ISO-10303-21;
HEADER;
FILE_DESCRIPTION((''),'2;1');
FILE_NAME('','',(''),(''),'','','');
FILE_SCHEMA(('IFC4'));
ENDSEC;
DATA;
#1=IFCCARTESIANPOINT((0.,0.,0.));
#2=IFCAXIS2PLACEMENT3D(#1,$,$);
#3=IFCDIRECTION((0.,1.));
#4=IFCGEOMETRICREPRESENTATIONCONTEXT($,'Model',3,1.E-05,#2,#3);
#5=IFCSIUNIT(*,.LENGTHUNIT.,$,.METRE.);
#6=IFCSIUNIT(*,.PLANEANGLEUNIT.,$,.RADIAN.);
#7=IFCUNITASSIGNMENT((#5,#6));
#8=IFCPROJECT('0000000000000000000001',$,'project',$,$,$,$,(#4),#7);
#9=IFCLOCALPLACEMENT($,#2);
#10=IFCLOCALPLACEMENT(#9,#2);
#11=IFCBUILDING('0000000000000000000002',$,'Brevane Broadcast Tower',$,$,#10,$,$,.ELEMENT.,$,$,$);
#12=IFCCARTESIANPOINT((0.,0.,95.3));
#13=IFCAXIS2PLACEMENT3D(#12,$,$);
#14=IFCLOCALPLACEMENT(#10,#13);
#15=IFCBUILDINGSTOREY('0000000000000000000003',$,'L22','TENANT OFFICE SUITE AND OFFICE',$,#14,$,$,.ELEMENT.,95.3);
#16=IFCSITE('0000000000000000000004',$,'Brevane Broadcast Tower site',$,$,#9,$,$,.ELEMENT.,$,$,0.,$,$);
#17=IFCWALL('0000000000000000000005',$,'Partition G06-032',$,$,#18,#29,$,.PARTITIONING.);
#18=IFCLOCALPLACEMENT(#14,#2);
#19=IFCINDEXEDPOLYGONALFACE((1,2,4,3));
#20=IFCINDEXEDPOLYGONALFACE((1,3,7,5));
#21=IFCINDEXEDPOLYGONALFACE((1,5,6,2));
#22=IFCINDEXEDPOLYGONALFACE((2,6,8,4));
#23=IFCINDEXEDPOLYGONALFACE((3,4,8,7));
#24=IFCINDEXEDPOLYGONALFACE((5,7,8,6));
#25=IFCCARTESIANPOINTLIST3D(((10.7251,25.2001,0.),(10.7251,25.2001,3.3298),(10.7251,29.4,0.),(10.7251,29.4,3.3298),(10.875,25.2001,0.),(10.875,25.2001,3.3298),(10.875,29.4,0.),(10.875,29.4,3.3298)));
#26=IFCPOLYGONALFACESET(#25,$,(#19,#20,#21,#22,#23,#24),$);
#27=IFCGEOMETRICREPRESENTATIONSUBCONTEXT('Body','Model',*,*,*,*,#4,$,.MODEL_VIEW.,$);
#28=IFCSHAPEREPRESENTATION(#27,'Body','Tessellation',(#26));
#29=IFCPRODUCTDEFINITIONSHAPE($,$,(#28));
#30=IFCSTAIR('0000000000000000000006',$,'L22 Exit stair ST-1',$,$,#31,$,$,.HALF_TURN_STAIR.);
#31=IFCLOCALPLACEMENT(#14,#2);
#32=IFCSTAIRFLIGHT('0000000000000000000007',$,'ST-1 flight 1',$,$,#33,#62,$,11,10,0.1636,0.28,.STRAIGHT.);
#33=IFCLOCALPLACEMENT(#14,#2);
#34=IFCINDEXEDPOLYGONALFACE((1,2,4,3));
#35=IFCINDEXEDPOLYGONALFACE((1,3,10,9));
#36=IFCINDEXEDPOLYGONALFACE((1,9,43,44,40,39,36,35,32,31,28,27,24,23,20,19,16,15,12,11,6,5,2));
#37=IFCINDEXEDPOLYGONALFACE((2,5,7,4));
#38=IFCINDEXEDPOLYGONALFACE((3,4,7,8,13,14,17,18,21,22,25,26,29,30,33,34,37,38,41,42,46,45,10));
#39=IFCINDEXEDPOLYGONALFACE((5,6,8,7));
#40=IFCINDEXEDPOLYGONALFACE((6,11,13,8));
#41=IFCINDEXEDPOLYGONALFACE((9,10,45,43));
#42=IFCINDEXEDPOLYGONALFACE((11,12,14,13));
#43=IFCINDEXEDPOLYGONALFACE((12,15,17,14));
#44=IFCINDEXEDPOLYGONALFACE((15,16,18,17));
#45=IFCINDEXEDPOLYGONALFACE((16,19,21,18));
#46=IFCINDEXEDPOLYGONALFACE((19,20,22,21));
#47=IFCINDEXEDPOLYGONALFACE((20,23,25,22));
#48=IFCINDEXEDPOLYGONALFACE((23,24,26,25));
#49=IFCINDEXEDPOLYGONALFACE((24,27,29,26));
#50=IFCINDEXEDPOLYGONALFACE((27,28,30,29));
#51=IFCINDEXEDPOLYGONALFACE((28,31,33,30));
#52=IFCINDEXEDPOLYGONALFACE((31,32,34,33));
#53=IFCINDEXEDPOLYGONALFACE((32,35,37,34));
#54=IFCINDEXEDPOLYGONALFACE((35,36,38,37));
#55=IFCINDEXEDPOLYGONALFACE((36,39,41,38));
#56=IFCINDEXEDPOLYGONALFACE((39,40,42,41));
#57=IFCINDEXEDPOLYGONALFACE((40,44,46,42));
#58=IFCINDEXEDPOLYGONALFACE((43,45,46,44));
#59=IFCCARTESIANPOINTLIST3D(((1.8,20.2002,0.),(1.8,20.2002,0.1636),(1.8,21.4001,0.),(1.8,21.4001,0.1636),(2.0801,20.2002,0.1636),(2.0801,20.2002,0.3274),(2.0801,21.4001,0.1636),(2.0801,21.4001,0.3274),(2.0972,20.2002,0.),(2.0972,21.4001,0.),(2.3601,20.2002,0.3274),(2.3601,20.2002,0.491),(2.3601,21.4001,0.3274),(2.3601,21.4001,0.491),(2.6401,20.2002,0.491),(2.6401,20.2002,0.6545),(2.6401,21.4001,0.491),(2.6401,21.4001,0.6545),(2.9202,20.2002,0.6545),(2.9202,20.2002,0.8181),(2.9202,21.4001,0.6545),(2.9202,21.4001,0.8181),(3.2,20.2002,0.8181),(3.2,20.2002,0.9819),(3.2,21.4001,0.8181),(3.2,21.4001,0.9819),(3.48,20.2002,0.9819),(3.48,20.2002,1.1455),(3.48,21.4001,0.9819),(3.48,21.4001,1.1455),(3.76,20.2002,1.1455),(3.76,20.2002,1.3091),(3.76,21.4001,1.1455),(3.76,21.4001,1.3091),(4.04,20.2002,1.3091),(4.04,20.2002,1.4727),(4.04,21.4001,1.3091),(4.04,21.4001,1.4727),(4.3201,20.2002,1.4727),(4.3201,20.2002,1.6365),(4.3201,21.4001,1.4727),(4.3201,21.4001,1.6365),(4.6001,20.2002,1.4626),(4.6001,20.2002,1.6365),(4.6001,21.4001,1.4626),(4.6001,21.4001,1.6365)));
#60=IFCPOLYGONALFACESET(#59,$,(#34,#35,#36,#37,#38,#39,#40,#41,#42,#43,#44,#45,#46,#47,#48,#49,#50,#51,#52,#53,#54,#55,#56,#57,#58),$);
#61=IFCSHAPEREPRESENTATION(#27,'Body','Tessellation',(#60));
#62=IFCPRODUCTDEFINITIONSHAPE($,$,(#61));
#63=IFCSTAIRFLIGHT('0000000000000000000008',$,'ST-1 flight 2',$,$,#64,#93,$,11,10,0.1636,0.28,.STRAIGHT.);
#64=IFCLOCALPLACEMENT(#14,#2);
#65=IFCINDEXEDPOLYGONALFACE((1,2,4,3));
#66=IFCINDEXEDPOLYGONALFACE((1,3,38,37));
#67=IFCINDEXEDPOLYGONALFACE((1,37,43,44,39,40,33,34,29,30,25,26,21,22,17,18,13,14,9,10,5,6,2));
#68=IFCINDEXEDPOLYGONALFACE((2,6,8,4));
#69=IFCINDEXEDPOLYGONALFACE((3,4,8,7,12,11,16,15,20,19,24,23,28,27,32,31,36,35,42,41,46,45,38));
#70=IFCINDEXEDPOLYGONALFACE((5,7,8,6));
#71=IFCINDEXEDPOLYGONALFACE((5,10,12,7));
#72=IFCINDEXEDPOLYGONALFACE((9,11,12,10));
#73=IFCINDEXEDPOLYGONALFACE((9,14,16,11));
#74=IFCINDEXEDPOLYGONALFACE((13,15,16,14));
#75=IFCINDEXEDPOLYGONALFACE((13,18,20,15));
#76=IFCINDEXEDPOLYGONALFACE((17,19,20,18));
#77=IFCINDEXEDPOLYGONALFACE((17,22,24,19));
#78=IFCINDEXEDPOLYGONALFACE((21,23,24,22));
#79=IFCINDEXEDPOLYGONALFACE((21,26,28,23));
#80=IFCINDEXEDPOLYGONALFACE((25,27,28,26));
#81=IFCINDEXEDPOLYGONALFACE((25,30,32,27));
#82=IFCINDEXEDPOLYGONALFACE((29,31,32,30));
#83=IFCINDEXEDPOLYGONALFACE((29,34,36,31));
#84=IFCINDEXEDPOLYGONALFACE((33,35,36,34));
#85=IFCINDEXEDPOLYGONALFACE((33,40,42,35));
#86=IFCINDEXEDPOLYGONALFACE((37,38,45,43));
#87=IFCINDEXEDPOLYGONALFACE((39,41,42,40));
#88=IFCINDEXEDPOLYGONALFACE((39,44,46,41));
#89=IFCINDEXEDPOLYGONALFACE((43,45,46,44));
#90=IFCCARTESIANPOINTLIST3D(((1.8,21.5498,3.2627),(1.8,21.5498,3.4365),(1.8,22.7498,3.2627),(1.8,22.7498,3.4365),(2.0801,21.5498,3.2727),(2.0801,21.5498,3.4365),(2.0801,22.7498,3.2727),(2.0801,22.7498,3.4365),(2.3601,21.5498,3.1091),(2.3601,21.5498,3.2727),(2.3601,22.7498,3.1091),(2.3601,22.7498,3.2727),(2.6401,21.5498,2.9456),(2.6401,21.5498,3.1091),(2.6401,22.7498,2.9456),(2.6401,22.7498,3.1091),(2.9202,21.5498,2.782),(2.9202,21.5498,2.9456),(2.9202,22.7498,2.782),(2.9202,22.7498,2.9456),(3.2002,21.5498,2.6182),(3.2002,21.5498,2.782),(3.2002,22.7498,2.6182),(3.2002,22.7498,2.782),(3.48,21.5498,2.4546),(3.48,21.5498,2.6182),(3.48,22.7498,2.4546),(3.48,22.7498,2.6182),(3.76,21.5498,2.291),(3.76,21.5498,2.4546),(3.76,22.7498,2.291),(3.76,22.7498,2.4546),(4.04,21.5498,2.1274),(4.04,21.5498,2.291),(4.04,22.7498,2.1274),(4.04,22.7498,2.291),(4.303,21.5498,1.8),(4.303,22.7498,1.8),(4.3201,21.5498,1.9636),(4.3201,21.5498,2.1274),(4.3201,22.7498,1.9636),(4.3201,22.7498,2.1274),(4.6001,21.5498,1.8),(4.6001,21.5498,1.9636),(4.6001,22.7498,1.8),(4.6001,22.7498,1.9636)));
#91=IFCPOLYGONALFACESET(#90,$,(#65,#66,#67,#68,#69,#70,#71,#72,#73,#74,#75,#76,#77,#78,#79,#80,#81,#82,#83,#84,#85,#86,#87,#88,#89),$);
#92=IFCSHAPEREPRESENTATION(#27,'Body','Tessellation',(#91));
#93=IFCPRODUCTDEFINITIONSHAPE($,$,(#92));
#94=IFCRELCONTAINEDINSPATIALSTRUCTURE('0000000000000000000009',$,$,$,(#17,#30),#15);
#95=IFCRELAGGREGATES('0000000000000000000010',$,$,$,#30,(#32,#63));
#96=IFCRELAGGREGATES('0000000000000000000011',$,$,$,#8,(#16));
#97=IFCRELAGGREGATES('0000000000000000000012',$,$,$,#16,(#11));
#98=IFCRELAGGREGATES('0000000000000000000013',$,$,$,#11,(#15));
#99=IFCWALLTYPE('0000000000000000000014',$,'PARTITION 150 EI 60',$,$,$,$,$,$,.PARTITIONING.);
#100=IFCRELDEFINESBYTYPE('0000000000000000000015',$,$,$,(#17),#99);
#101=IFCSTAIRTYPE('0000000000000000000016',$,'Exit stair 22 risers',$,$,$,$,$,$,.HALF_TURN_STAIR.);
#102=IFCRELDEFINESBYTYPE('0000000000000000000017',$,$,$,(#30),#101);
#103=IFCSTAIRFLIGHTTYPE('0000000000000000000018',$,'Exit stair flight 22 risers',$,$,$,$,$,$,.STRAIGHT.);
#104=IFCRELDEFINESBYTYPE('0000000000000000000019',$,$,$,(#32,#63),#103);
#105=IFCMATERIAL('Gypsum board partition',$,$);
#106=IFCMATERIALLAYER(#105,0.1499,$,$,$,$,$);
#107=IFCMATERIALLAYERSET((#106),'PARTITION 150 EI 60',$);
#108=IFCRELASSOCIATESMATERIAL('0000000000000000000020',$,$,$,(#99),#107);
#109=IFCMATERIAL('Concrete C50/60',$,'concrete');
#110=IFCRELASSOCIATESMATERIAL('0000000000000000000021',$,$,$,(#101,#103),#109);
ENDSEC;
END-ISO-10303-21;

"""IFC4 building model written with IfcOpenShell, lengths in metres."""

from ifc_helpers import new_model, si_unit, direction, frame, frame_2d, origin, place, context, subcontext, project, spatial, polyline, rectangle, outline, extrude, material, layer, layer_set, type_object, element, aggregate, save


model = new_model("IFC4")

# Units and contexts
model_context = context("Model", 3, precision=1e-05, world=origin(), true_north=direction((0.0, 1.0)))
body_context = subcontext(model_context, "Body", "Model", "MODEL_VIEW")
ifc_project = project(units=[si_unit("LENGTHUNIT", "METRE"), si_unit("PLANEANGLEUNIT", "RADIAN")], contexts=[model_context])

# Site, building, storey
site_placement = place(None, origin())
site = spatial("IfcSite", under=ifc_project, at=site_placement, Name="Brevane Broadcast Tower site", CompositionType="ELEMENT", RefElevation=0.0)
building_placement = place(site_placement, origin())
building = spatial("IfcBuilding", under=site, at=building_placement, Name="Brevane Broadcast Tower", CompositionType="ELEMENT")
storey_placement = place(building_placement, frame((0.0, 0.0, 95.3)))
storey = spatial("IfcBuildingStorey", under=building, at=storey_placement, Name="L22", Description="TENANT OFFICE SUITE AND OFFICE", CompositionType="ELEMENT", Elevation=95.3)

# Shared definitions
ifc_material_1 = material(Name="Gypsum board partition")

# Shared definitions
ifc_layer_1 = layer(ifc_material_1, 0.1499)
ifc_layer_set_1 = layer_set([ifc_layer_1], Name="PARTITION 150 EI 60")
wall_type_1 = type_object("IfcWallType", Name="PARTITION 150 EI 60", PredefinedType="PARTITIONING", material=ifc_layer_set_1)

# Wall
wall_1_placement = place(storey_placement, frame((10.8, 25.2, 0.0), z_axis=(0.0, 0.0, 1.0), x_axis=(0.0, 1.0, 0.0)))
element("IfcWall", 1, at=wall_1_placement, inside=storey, type_object=wall_type_1, Name="Partition G06-032", PredefinedType="PARTITIONING", context=body_context, shape_type="SweptSolid", body=[
    extrude(rectangle(XDim=4.2, YDim=0.1499, at=frame_2d((2.1001, 0.0))), origin(), (0.0, 0.0, 1.0), 3.3298),
])

# Stair, stair flights
ifc_material_2 = material(Name="Concrete C50/60", Category="concrete")
stair_type = type_object("IfcStairType", Name="Exit stair 22 risers", PredefinedType="HALF_TURN_STAIR", material=ifc_material_2)
stair_placement = place(storey_placement, origin())
stair = element("IfcStair", 2, at=stair_placement, inside=storey, type_object=stair_type, Name="L22 Exit stair ST-1", PredefinedType="HALF_TURN_STAIR")
stair_flight_type = type_object("IfcStairFlightType", Name="Exit stair flight 22 risers", PredefinedType="STRAIGHT", material=ifc_material_2)
stair_flight_1_placement = place(storey_placement, frame((1.8, 20.8, 0.0), z_axis=(0.0, 0.0, 1.0), x_axis=(1.0, 0.0, 0.0)))
stair_flight_1 = element("IfcStairFlight", 3, at=stair_flight_1_placement, type_object=stair_flight_type, Name="ST-1 flight 1", NumberOfRisers=11, NumberOfTreads=10, PredefinedType="STRAIGHT", RiserHeight=0.1636, TreadLength=0.28, context=body_context, shape_type="SweptSolid", body=[
    extrude(outline(polyline([(0.0, 0.0), (0.0, 0.1636), (0.28, 0.1636), (0.28, 0.3274), (0.5601, 0.3274), (0.5601, 0.491), (0.8401, 0.491), (0.8401, 0.6545), (1.1201, 0.6545), (1.1201, 0.8181), (1.3999, 0.8181), (1.3999, 0.9819), (1.6799, 0.9819), (1.6799, 1.1455), (1.96, 1.1455), (1.96, 1.3091), (2.24, 1.3091), (2.24, 1.4727), (2.52, 1.4727), (2.52, 1.6365), (2.8, 1.6365), (2.8, 1.8), (2.8, 1.4626), (0.2971, 0.0), (0.0, 0.0)])), frame((0.0, 0.6001, 0.0), z_axis=(0.0, -1.0, 0.0), x_axis=(1.0, 0.0, 0.0)), (0.0, 0.0, 1.0), 1.2),
])
stair_flight_2_placement = place(storey_placement, frame((4.6001, 22.1499, 1.8), z_axis=(0.0, 0.0, 1.0), x_axis=(-1.0, 0.0, 0.0)))
stair_flight_2 = element("IfcStairFlight", 4, at=stair_flight_2_placement, type_object=stair_flight_type, Name="ST-1 flight 2", NumberOfRisers=11, NumberOfTreads=10, PredefinedType="STRAIGHT", RiserHeight=0.1636, TreadLength=0.28, context=body_context, shape_type="SweptSolid", body=[
    extrude(outline(polyline([(0.0, 0.0), (0.0, 0.1636), (0.28, 0.1636), (0.28, 0.3274), (0.5601, 0.3274), (0.5601, 0.491), (0.8401, 0.491), (0.8401, 0.6545), (1.1201, 0.6545), (1.1201, 0.8181), (1.3999, 0.8181), (1.3999, 0.9819), (1.6799, 0.9819), (1.6799, 1.1455), (1.96, 1.1455), (1.96, 1.3091), (2.24, 1.3091), (2.24, 1.4727), (2.52, 1.4727), (2.52, 1.6365), (2.8, 1.6365), (2.8, 1.8), (2.8, 1.4626), (0.2971, 0.0), (0.0, 0.0)])), frame((0.0, 0.6001, 0.0), z_axis=(0.0, -1.0, 0.0), x_axis=(1.0, 0.0, 0.0)), (0.0, 0.0, 1.0), 1.2),
])
aggregate(stair, [stair_flight_1, stair_flight_2])

save(model, "model.ifc")
